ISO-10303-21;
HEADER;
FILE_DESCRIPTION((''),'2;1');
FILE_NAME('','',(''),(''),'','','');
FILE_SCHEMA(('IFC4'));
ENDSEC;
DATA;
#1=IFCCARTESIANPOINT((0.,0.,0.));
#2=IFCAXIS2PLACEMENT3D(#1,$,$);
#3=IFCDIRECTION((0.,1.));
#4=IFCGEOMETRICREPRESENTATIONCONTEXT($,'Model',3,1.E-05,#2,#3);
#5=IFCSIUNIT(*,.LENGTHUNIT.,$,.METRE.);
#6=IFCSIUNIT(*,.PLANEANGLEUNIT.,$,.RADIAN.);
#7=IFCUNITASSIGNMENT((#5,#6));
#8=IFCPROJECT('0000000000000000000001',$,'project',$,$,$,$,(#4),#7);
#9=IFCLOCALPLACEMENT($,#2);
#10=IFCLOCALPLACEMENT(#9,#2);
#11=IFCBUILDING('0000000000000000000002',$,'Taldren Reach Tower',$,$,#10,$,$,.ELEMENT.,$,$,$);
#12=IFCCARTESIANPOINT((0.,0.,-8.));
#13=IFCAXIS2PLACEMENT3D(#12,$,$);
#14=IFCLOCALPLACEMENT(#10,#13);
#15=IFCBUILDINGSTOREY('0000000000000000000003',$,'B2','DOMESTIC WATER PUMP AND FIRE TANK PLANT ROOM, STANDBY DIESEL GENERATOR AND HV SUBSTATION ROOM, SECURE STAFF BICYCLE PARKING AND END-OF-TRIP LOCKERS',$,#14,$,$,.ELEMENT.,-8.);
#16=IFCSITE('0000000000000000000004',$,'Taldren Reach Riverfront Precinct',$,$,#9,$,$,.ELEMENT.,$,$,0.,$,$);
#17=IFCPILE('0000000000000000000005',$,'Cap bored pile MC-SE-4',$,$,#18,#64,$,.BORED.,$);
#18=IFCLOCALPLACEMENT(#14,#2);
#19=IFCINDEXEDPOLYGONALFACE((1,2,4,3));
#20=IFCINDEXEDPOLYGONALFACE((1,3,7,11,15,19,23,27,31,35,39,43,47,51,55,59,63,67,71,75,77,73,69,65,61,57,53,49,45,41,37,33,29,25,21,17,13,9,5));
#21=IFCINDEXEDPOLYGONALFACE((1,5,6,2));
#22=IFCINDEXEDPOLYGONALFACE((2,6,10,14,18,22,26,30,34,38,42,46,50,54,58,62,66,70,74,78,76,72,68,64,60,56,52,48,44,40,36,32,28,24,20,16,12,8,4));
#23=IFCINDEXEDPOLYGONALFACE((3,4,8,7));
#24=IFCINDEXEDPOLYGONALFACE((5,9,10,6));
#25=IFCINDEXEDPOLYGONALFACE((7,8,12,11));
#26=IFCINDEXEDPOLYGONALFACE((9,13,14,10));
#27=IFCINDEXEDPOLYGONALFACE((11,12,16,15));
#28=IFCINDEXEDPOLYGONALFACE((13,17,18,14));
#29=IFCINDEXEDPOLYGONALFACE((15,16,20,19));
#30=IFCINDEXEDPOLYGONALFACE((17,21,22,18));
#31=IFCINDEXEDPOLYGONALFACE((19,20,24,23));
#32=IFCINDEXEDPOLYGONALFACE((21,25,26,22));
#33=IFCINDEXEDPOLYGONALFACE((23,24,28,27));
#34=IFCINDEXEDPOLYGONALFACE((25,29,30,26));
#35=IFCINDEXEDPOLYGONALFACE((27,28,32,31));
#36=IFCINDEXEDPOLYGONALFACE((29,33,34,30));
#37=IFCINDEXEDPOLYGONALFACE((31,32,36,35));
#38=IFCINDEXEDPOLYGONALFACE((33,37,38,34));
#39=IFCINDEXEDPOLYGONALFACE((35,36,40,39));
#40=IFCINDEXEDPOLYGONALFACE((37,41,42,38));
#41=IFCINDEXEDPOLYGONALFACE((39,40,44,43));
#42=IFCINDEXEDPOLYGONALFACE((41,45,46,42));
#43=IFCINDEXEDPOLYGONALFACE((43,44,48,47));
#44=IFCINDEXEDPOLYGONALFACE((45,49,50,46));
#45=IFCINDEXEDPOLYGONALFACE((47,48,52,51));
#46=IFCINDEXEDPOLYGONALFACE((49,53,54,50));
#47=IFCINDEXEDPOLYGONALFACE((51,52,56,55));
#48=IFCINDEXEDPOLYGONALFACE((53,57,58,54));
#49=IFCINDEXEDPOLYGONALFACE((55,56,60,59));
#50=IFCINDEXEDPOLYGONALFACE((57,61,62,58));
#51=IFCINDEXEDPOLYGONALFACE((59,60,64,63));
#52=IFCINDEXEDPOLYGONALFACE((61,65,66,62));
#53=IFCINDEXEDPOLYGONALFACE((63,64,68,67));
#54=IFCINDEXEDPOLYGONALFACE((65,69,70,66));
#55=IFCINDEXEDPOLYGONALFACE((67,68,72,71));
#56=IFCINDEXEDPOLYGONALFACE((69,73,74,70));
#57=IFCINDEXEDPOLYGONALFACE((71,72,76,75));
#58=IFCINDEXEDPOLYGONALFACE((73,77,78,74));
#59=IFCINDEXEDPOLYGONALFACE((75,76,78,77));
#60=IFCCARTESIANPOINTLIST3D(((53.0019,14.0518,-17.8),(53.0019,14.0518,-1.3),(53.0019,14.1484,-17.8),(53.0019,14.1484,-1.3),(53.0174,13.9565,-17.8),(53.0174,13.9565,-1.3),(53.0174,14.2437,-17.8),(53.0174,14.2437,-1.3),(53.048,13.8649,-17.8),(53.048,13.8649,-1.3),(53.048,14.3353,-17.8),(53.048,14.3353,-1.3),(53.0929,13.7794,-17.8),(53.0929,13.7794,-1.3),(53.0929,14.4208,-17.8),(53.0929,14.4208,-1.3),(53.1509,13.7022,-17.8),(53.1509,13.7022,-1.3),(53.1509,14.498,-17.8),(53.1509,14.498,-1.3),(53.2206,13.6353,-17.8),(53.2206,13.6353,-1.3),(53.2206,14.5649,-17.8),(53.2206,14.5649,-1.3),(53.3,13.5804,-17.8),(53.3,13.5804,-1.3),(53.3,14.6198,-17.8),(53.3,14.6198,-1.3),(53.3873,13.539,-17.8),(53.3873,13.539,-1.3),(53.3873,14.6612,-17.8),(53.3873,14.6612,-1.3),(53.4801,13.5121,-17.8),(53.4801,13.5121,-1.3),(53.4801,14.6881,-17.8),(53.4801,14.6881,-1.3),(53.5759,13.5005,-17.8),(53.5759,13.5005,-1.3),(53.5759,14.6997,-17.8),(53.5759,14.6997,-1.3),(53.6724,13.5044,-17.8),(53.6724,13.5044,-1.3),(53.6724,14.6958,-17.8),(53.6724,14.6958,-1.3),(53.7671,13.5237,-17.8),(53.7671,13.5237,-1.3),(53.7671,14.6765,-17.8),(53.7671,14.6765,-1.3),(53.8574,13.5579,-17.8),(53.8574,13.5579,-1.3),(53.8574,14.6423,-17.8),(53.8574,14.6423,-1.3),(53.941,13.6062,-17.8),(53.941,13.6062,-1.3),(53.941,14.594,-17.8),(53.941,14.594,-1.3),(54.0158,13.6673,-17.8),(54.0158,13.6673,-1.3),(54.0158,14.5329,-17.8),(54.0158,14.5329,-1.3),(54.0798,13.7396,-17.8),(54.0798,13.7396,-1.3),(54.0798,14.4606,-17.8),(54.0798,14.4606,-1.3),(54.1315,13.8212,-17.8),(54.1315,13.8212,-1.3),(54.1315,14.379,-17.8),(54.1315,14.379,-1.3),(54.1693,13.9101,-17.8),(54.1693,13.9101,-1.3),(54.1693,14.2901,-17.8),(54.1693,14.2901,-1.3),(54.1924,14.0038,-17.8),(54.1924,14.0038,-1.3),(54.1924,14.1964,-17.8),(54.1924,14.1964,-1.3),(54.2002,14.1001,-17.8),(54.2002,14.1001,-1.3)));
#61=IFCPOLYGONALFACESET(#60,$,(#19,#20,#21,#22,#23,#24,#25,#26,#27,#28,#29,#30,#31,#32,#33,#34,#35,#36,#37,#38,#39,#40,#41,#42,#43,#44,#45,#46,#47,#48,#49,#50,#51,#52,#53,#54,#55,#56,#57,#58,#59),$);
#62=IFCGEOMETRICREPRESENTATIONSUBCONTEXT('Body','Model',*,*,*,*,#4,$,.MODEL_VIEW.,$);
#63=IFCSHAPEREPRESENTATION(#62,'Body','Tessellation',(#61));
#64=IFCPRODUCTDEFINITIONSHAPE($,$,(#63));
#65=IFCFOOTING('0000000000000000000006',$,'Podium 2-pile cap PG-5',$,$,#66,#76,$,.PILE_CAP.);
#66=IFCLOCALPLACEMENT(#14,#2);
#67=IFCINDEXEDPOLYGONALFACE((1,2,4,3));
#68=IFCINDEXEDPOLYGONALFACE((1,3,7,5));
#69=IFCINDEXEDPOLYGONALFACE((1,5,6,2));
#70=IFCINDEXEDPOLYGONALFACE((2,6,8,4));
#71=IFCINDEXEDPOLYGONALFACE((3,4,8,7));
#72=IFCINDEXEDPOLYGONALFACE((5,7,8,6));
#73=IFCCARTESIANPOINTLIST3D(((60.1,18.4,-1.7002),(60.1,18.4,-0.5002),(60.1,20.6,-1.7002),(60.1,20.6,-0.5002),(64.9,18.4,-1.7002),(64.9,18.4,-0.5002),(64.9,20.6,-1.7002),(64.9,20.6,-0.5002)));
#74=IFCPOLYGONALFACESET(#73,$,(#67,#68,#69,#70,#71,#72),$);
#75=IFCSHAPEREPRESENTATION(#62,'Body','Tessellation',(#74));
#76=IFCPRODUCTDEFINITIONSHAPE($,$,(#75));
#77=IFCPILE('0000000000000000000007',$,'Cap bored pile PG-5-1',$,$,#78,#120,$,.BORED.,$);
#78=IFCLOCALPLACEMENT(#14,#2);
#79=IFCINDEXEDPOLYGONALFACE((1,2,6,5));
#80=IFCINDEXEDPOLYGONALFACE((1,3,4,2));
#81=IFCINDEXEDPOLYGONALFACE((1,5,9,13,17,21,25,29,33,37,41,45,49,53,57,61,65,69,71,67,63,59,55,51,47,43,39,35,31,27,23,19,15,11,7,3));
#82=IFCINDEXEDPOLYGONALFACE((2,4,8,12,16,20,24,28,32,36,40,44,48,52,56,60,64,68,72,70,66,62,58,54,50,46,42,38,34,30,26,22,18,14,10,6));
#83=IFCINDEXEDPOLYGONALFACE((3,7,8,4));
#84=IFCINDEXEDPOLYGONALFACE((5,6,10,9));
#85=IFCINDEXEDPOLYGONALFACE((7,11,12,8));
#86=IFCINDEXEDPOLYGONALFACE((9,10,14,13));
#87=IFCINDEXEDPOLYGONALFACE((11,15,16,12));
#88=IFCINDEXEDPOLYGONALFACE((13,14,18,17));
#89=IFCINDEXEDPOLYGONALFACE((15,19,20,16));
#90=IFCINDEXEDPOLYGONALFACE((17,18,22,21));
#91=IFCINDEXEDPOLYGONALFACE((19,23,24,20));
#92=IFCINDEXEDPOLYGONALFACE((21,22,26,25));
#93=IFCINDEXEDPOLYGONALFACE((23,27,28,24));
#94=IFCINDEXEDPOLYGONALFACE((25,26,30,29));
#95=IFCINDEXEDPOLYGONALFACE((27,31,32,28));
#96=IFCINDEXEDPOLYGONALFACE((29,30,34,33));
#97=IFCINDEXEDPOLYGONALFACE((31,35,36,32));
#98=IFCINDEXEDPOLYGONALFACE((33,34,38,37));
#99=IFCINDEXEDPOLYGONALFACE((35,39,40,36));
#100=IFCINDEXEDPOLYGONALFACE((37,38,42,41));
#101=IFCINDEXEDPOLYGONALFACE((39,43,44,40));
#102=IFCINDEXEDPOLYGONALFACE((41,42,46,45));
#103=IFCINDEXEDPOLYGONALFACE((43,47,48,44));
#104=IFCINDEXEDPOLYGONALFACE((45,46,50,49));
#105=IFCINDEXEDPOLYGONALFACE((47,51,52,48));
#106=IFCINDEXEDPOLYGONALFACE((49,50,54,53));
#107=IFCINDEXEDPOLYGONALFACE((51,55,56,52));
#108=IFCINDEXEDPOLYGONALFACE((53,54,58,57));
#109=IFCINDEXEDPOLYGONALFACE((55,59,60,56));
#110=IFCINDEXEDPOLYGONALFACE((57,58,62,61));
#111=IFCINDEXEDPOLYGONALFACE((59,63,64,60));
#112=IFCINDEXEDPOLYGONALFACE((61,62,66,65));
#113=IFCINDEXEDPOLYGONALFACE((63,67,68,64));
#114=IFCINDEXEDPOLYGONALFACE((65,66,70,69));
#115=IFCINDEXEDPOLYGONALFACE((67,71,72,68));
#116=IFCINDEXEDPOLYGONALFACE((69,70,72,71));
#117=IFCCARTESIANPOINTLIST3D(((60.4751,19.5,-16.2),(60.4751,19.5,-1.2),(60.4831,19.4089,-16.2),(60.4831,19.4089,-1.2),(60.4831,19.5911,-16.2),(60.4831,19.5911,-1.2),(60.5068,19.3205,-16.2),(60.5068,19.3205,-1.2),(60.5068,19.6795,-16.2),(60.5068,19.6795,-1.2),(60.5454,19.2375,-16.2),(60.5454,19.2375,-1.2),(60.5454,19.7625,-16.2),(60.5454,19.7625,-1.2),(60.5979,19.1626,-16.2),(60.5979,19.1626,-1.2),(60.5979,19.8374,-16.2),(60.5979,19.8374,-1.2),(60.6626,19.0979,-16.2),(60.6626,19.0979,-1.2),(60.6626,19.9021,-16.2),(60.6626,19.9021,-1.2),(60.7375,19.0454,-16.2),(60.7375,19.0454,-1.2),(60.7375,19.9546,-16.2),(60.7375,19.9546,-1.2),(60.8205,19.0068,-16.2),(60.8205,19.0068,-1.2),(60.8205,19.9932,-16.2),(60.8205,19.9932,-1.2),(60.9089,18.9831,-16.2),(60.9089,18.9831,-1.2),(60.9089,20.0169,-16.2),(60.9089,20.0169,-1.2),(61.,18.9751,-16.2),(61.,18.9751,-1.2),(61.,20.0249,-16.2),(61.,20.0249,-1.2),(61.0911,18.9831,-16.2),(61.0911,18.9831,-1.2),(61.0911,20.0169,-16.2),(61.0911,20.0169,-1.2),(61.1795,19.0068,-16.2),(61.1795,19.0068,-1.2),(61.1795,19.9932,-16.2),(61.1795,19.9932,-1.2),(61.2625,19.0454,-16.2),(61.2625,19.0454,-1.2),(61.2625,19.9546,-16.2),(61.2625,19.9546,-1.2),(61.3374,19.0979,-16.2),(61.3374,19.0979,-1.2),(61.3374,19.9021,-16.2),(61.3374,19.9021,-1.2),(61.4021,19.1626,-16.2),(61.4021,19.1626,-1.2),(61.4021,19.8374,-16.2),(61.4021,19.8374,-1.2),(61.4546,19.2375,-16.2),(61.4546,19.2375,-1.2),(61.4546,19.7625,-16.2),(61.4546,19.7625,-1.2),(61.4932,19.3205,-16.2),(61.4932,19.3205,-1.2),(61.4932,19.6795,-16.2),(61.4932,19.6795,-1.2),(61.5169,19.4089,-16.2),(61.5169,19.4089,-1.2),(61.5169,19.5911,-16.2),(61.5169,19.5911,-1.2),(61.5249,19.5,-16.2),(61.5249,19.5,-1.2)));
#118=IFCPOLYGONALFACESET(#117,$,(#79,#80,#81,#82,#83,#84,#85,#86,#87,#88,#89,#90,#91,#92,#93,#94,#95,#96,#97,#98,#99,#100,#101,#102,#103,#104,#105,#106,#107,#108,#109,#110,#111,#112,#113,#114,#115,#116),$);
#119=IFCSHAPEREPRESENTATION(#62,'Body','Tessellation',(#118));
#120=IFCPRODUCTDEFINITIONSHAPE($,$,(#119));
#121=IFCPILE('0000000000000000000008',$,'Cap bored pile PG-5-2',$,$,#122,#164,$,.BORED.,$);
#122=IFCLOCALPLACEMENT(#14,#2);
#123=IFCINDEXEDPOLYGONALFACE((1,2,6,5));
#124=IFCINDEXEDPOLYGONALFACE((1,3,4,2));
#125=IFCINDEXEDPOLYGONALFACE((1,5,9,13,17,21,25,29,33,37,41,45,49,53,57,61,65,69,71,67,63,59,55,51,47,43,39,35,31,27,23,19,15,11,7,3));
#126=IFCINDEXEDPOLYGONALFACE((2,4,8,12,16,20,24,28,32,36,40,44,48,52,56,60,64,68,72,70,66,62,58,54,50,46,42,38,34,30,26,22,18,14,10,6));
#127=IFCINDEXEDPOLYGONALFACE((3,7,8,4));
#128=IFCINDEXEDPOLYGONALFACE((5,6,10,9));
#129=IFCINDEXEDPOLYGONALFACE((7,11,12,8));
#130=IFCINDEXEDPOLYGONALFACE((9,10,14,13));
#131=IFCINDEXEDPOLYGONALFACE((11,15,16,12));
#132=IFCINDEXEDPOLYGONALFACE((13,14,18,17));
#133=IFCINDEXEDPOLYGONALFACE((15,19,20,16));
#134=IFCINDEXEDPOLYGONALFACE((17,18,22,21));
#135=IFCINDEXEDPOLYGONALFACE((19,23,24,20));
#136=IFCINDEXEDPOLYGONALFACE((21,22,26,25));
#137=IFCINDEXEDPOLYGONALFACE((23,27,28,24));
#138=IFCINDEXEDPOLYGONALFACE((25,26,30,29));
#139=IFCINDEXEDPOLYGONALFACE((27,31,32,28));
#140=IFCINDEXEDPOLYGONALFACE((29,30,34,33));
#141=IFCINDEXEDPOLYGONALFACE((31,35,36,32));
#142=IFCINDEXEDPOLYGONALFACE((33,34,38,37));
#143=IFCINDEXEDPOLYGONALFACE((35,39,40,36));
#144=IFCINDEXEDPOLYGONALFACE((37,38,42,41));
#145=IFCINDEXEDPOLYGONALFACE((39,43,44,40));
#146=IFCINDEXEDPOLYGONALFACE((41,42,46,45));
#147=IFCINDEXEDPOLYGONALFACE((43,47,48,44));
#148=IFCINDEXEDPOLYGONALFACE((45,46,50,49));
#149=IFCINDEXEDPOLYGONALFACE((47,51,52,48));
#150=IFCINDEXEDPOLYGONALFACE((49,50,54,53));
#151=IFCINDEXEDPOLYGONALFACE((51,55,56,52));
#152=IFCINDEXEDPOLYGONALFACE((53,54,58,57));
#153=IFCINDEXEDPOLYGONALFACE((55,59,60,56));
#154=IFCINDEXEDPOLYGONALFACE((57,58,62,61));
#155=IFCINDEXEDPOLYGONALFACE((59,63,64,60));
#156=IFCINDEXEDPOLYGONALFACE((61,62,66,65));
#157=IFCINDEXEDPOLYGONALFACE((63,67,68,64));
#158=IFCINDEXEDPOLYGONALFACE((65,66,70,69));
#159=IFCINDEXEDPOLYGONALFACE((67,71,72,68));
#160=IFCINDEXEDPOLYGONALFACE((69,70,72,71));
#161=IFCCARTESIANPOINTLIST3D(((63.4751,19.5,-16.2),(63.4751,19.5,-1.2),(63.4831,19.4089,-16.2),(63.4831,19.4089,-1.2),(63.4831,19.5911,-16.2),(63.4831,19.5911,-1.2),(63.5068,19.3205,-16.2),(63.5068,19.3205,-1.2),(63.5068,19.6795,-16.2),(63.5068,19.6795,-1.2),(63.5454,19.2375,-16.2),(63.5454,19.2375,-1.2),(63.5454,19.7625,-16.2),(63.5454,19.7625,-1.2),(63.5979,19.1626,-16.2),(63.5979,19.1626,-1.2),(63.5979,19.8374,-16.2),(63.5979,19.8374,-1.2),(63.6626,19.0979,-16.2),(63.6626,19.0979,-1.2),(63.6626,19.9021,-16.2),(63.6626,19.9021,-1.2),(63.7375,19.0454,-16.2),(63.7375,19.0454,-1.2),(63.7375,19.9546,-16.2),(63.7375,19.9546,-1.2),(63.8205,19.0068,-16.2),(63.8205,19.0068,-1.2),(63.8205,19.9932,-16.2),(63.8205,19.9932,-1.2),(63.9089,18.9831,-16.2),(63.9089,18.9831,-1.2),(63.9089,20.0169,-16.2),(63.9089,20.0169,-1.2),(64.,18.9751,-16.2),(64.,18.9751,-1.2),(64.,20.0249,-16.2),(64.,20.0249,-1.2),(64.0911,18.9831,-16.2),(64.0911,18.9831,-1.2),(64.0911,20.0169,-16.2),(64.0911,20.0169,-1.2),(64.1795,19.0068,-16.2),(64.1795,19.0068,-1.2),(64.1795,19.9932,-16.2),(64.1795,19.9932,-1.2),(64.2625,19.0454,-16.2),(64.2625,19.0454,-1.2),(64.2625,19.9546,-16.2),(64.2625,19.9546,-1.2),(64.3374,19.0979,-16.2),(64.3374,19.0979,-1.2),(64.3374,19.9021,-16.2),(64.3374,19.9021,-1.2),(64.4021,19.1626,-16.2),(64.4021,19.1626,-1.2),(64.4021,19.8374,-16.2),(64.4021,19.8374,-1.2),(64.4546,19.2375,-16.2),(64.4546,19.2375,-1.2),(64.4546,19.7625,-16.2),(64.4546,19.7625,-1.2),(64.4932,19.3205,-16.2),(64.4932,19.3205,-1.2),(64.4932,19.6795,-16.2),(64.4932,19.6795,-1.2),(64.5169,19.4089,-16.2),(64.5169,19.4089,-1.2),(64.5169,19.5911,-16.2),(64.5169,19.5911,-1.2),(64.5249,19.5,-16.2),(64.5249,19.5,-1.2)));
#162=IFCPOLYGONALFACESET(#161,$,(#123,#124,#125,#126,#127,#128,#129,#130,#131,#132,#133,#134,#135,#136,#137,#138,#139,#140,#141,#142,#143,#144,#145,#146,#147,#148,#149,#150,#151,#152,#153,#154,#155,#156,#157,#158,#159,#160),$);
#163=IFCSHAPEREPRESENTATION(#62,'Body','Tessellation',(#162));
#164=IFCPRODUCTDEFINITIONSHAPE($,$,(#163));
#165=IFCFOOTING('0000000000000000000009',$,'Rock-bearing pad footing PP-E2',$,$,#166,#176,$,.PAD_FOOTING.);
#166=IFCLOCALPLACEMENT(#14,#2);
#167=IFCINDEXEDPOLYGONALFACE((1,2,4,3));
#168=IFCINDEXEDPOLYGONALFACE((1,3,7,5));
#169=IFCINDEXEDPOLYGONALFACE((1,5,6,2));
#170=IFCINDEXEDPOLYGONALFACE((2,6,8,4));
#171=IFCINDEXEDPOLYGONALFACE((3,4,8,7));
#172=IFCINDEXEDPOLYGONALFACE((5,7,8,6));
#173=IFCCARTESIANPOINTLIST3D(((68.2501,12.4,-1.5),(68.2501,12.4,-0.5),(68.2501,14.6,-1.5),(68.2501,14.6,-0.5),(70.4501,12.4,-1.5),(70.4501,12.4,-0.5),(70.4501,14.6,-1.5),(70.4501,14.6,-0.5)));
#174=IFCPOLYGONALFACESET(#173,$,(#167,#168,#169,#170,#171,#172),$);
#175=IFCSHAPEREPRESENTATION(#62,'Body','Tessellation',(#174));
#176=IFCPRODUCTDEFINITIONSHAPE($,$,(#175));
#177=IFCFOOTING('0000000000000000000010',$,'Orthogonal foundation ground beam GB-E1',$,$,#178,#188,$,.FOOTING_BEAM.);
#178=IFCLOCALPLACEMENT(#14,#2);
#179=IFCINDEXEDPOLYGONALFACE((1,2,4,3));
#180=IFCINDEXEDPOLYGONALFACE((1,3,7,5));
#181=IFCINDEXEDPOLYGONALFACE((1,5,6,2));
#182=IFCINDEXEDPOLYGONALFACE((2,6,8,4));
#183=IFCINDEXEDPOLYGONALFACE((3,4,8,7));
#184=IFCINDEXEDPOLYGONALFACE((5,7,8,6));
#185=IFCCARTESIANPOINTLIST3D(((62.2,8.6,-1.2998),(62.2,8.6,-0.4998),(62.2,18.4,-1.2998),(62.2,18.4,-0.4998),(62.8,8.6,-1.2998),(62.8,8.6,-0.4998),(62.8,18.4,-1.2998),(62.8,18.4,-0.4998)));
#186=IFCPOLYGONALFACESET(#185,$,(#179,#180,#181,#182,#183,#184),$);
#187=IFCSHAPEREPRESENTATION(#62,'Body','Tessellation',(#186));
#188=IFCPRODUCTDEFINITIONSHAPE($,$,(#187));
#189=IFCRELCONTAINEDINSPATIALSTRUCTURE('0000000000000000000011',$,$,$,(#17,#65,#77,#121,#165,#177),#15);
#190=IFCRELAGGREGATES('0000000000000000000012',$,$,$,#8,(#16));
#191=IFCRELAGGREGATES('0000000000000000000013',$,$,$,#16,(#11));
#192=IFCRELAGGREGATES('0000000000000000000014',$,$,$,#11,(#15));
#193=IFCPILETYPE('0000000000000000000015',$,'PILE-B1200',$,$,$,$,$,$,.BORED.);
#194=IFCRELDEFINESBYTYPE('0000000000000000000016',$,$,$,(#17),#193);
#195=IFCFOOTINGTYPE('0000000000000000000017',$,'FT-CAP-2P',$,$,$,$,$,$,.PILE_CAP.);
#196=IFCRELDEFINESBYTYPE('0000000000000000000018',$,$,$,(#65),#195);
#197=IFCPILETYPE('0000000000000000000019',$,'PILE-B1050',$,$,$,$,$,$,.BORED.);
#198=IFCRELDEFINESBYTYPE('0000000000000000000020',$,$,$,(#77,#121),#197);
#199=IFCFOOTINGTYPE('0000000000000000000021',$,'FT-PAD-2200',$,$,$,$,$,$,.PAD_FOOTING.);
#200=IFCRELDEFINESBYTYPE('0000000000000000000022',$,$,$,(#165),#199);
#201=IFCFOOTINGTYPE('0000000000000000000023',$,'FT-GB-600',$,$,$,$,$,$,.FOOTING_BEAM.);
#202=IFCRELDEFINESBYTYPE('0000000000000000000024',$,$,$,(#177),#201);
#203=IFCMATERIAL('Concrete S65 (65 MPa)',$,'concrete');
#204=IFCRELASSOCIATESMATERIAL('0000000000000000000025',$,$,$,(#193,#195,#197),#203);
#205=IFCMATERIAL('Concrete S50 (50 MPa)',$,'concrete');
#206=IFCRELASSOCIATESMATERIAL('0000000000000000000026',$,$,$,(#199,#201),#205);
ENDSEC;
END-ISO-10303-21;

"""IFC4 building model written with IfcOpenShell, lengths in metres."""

from ifc_helpers import new_model, si_unit, direction, frame, origin, origin_2d, place, context, subcontext, project, spatial, rectangle, circle, extrude, source, transform, mapped, material, material_profile, profile_set, type_object, element, save


model = new_model("IFC4")

# Units and contexts
model_context = context("Model", 3, precision=1e-05, world=origin(), true_north=direction((0.0, 1.0)))
body_context = subcontext(model_context, "Body", "Model", "MODEL_VIEW")
ifc_project = project(units=[si_unit("LENGTHUNIT", "METRE"), si_unit("PLANEANGLEUNIT", "RADIAN")], contexts=[model_context])

# Site, building, storey
site_placement = place(None, origin())
site = spatial("IfcSite", under=ifc_project, at=site_placement, Name="Taldren Reach Riverfront Precinct", CompositionType="ELEMENT", RefElevation=0.0)
building_placement = place(site_placement, origin())
building = spatial("IfcBuilding", under=site, at=building_placement, Name="Taldren Reach Tower", CompositionType="ELEMENT")
storey_placement = place(building_placement, frame((0.0, 0.0, -8.0)))
storey = spatial("IfcBuildingStorey", under=building, at=storey_placement, Name="B2", Description="DOMESTIC WATER PUMP AND FIRE TANK PLANT ROOM, STANDBY DIESEL GENERATOR AND HV SUBSTATION ROOM, SECURE STAFF BICYCLE PARKING AND END-OF-TRIP LOCKERS", CompositionType="ELEMENT", Elevation=-8.0)

# Pile
ifc_material_1 = material(Name="Concrete S65 (65 MPa)", Category="concrete")
ifc_material_profile_1 = material_profile(ifc_material_1, circle(Radius=0.6001, at=origin_2d()), Name="PB-1200")
ifc_profile_set_1 = profile_set([ifc_material_profile_1], Name="Concrete S65 (65 MPa)")
pile_type_1 = type_object("IfcPileType", Name="PILE-B1200", PredefinedType="BORED", material=ifc_profile_set_1)
shared_shape_1 = source(origin(), body_context, "Body", "SweptSolid", [
    extrude(circle(Radius=0.6001, at=origin_2d()), origin(), (0.0, 0.0, 1.0), 16.5),
])
pile_placement = place(storey_placement, frame((53.6001, 14.1001, -1.3), z_axis=(0.0, 0.0, -1.0), x_axis=(1.0, 0.0, 0.0)))
element("IfcPile", 1, at=pile_placement, inside=storey, type_object=pile_type_1, Name="Cap bored pile MC-SE-4", PredefinedType="BORED", context=body_context, shape_type="MappedRepresentation", body=[
    mapped(shared_shape_1, transform((0.0, 0.0, 0.0), scale=1.0)),
])

# Footing
footing_type_1 = type_object("IfcFootingType", Name="FT-CAP-2P", PredefinedType="PILE_CAP", material=ifc_material_1)
shared_shape_2 = source(origin(), body_context, "Body", "SweptSolid", [
    extrude(rectangle(XDim=4.8, YDim=2.2, at=origin_2d()), origin(), (0.0, 0.0, 1.0), 1.2),
])
footing_1_placement = place(storey_placement, frame((62.5, 19.5, -1.7002), z_axis=(0.0, 0.0, 1.0), x_axis=(1.0, 0.0, 0.0)))
element("IfcFooting", 2, at=footing_1_placement, inside=storey, type_object=footing_type_1, Name="Podium 2-pile cap PG-5", PredefinedType="PILE_CAP", context=body_context, shape_type="MappedRepresentation", body=[
    mapped(shared_shape_2, transform((0.0, 0.0, 0.0), scale=1.0)),
])

# Piles
ifc_material_profile_2 = material_profile(ifc_material_1, circle(Radius=0.5249, at=origin_2d()), Name="PB-1050")
ifc_profile_set_2 = profile_set([ifc_material_profile_2], Name="Concrete S65 (65 MPa)")
pile_type_2 = type_object("IfcPileType", Name="PILE-B1050", PredefinedType="BORED", material=ifc_profile_set_2)
shared_shape_3 = source(origin(), body_context, "Body", "SweptSolid", [
    extrude(circle(Radius=0.5249, at=origin_2d()), origin(), (0.0, 0.0, 1.0), 15.0),
])
for number, where, z_axis, x_axis, name in (
    (3, (61.0, 19.5, -1.2), (0.0, 0.0, -1.0), (1.0, 0.0, 0.0), "Cap bored pile PG-5-1"),
    (4, (64.0, 19.5, -1.2), (0.0, 0.0, -1.0), (1.0, 0.0, 0.0), "Cap bored pile PG-5-2"),
):
    element("IfcPile", number, at=place(storey_placement, frame(where, z_axis=z_axis, x_axis=x_axis)), inside=storey, type_object=pile_type_2, Name=name, PredefinedType="BORED", context=body_context, shape_type="MappedRepresentation", body=[
        mapped(shared_shape_3, transform((0.0, 0.0, 0.0), scale=1.0)),
    ])

# Footings
ifc_material_2 = material(Name="Concrete S50 (50 MPa)", Category="concrete")
footing_type_2 = type_object("IfcFootingType", Name="FT-PAD-2200", PredefinedType="PAD_FOOTING", material=ifc_material_2)
shared_shape_4 = source(origin(), body_context, "Body", "SweptSolid", [
    extrude(rectangle(XDim=2.2, YDim=2.2, at=origin_2d()), origin(), (0.0, 0.0, 1.0), 1.0),
])
footing_2_placement = place(storey_placement, frame((69.3501, 13.5, -1.5), z_axis=(0.0, 0.0, 1.0), x_axis=(1.0, 0.0, 0.0)))
element("IfcFooting", 5, at=footing_2_placement, inside=storey, type_object=footing_type_2, Name="Rock-bearing pad footing PP-E2", PredefinedType="PAD_FOOTING", context=body_context, shape_type="MappedRepresentation", body=[
    mapped(shared_shape_4, transform((0.0, 0.0, 0.0), scale=1.0)),
])
footing_type_3 = type_object("IfcFootingType", Name="FT-GB-600", PredefinedType="FOOTING_BEAM", material=ifc_material_2)
shared_shape_5 = source(origin(), body_context, "Body", "SweptSolid", [
    extrude(rectangle(XDim=9.8, YDim=0.6001, at=origin_2d()), origin(), (0.0, 0.0, 1.0), 0.8),
])
footing_3_placement = place(storey_placement, frame((62.5, 13.5, -1.2998), z_axis=(0.0, 0.0, 1.0), x_axis=(0.0, 1.0, 0.0)))
element("IfcFooting", 6, at=footing_3_placement, inside=storey, type_object=footing_type_3, Name="Orthogonal foundation ground beam GB-E1", PredefinedType="FOOTING_BEAM", context=body_context, shape_type="MappedRepresentation", body=[
    mapped(shared_shape_5, transform((0.0, 0.0, 0.0), scale=1.0)),
])

save(model, "model.ifc")
